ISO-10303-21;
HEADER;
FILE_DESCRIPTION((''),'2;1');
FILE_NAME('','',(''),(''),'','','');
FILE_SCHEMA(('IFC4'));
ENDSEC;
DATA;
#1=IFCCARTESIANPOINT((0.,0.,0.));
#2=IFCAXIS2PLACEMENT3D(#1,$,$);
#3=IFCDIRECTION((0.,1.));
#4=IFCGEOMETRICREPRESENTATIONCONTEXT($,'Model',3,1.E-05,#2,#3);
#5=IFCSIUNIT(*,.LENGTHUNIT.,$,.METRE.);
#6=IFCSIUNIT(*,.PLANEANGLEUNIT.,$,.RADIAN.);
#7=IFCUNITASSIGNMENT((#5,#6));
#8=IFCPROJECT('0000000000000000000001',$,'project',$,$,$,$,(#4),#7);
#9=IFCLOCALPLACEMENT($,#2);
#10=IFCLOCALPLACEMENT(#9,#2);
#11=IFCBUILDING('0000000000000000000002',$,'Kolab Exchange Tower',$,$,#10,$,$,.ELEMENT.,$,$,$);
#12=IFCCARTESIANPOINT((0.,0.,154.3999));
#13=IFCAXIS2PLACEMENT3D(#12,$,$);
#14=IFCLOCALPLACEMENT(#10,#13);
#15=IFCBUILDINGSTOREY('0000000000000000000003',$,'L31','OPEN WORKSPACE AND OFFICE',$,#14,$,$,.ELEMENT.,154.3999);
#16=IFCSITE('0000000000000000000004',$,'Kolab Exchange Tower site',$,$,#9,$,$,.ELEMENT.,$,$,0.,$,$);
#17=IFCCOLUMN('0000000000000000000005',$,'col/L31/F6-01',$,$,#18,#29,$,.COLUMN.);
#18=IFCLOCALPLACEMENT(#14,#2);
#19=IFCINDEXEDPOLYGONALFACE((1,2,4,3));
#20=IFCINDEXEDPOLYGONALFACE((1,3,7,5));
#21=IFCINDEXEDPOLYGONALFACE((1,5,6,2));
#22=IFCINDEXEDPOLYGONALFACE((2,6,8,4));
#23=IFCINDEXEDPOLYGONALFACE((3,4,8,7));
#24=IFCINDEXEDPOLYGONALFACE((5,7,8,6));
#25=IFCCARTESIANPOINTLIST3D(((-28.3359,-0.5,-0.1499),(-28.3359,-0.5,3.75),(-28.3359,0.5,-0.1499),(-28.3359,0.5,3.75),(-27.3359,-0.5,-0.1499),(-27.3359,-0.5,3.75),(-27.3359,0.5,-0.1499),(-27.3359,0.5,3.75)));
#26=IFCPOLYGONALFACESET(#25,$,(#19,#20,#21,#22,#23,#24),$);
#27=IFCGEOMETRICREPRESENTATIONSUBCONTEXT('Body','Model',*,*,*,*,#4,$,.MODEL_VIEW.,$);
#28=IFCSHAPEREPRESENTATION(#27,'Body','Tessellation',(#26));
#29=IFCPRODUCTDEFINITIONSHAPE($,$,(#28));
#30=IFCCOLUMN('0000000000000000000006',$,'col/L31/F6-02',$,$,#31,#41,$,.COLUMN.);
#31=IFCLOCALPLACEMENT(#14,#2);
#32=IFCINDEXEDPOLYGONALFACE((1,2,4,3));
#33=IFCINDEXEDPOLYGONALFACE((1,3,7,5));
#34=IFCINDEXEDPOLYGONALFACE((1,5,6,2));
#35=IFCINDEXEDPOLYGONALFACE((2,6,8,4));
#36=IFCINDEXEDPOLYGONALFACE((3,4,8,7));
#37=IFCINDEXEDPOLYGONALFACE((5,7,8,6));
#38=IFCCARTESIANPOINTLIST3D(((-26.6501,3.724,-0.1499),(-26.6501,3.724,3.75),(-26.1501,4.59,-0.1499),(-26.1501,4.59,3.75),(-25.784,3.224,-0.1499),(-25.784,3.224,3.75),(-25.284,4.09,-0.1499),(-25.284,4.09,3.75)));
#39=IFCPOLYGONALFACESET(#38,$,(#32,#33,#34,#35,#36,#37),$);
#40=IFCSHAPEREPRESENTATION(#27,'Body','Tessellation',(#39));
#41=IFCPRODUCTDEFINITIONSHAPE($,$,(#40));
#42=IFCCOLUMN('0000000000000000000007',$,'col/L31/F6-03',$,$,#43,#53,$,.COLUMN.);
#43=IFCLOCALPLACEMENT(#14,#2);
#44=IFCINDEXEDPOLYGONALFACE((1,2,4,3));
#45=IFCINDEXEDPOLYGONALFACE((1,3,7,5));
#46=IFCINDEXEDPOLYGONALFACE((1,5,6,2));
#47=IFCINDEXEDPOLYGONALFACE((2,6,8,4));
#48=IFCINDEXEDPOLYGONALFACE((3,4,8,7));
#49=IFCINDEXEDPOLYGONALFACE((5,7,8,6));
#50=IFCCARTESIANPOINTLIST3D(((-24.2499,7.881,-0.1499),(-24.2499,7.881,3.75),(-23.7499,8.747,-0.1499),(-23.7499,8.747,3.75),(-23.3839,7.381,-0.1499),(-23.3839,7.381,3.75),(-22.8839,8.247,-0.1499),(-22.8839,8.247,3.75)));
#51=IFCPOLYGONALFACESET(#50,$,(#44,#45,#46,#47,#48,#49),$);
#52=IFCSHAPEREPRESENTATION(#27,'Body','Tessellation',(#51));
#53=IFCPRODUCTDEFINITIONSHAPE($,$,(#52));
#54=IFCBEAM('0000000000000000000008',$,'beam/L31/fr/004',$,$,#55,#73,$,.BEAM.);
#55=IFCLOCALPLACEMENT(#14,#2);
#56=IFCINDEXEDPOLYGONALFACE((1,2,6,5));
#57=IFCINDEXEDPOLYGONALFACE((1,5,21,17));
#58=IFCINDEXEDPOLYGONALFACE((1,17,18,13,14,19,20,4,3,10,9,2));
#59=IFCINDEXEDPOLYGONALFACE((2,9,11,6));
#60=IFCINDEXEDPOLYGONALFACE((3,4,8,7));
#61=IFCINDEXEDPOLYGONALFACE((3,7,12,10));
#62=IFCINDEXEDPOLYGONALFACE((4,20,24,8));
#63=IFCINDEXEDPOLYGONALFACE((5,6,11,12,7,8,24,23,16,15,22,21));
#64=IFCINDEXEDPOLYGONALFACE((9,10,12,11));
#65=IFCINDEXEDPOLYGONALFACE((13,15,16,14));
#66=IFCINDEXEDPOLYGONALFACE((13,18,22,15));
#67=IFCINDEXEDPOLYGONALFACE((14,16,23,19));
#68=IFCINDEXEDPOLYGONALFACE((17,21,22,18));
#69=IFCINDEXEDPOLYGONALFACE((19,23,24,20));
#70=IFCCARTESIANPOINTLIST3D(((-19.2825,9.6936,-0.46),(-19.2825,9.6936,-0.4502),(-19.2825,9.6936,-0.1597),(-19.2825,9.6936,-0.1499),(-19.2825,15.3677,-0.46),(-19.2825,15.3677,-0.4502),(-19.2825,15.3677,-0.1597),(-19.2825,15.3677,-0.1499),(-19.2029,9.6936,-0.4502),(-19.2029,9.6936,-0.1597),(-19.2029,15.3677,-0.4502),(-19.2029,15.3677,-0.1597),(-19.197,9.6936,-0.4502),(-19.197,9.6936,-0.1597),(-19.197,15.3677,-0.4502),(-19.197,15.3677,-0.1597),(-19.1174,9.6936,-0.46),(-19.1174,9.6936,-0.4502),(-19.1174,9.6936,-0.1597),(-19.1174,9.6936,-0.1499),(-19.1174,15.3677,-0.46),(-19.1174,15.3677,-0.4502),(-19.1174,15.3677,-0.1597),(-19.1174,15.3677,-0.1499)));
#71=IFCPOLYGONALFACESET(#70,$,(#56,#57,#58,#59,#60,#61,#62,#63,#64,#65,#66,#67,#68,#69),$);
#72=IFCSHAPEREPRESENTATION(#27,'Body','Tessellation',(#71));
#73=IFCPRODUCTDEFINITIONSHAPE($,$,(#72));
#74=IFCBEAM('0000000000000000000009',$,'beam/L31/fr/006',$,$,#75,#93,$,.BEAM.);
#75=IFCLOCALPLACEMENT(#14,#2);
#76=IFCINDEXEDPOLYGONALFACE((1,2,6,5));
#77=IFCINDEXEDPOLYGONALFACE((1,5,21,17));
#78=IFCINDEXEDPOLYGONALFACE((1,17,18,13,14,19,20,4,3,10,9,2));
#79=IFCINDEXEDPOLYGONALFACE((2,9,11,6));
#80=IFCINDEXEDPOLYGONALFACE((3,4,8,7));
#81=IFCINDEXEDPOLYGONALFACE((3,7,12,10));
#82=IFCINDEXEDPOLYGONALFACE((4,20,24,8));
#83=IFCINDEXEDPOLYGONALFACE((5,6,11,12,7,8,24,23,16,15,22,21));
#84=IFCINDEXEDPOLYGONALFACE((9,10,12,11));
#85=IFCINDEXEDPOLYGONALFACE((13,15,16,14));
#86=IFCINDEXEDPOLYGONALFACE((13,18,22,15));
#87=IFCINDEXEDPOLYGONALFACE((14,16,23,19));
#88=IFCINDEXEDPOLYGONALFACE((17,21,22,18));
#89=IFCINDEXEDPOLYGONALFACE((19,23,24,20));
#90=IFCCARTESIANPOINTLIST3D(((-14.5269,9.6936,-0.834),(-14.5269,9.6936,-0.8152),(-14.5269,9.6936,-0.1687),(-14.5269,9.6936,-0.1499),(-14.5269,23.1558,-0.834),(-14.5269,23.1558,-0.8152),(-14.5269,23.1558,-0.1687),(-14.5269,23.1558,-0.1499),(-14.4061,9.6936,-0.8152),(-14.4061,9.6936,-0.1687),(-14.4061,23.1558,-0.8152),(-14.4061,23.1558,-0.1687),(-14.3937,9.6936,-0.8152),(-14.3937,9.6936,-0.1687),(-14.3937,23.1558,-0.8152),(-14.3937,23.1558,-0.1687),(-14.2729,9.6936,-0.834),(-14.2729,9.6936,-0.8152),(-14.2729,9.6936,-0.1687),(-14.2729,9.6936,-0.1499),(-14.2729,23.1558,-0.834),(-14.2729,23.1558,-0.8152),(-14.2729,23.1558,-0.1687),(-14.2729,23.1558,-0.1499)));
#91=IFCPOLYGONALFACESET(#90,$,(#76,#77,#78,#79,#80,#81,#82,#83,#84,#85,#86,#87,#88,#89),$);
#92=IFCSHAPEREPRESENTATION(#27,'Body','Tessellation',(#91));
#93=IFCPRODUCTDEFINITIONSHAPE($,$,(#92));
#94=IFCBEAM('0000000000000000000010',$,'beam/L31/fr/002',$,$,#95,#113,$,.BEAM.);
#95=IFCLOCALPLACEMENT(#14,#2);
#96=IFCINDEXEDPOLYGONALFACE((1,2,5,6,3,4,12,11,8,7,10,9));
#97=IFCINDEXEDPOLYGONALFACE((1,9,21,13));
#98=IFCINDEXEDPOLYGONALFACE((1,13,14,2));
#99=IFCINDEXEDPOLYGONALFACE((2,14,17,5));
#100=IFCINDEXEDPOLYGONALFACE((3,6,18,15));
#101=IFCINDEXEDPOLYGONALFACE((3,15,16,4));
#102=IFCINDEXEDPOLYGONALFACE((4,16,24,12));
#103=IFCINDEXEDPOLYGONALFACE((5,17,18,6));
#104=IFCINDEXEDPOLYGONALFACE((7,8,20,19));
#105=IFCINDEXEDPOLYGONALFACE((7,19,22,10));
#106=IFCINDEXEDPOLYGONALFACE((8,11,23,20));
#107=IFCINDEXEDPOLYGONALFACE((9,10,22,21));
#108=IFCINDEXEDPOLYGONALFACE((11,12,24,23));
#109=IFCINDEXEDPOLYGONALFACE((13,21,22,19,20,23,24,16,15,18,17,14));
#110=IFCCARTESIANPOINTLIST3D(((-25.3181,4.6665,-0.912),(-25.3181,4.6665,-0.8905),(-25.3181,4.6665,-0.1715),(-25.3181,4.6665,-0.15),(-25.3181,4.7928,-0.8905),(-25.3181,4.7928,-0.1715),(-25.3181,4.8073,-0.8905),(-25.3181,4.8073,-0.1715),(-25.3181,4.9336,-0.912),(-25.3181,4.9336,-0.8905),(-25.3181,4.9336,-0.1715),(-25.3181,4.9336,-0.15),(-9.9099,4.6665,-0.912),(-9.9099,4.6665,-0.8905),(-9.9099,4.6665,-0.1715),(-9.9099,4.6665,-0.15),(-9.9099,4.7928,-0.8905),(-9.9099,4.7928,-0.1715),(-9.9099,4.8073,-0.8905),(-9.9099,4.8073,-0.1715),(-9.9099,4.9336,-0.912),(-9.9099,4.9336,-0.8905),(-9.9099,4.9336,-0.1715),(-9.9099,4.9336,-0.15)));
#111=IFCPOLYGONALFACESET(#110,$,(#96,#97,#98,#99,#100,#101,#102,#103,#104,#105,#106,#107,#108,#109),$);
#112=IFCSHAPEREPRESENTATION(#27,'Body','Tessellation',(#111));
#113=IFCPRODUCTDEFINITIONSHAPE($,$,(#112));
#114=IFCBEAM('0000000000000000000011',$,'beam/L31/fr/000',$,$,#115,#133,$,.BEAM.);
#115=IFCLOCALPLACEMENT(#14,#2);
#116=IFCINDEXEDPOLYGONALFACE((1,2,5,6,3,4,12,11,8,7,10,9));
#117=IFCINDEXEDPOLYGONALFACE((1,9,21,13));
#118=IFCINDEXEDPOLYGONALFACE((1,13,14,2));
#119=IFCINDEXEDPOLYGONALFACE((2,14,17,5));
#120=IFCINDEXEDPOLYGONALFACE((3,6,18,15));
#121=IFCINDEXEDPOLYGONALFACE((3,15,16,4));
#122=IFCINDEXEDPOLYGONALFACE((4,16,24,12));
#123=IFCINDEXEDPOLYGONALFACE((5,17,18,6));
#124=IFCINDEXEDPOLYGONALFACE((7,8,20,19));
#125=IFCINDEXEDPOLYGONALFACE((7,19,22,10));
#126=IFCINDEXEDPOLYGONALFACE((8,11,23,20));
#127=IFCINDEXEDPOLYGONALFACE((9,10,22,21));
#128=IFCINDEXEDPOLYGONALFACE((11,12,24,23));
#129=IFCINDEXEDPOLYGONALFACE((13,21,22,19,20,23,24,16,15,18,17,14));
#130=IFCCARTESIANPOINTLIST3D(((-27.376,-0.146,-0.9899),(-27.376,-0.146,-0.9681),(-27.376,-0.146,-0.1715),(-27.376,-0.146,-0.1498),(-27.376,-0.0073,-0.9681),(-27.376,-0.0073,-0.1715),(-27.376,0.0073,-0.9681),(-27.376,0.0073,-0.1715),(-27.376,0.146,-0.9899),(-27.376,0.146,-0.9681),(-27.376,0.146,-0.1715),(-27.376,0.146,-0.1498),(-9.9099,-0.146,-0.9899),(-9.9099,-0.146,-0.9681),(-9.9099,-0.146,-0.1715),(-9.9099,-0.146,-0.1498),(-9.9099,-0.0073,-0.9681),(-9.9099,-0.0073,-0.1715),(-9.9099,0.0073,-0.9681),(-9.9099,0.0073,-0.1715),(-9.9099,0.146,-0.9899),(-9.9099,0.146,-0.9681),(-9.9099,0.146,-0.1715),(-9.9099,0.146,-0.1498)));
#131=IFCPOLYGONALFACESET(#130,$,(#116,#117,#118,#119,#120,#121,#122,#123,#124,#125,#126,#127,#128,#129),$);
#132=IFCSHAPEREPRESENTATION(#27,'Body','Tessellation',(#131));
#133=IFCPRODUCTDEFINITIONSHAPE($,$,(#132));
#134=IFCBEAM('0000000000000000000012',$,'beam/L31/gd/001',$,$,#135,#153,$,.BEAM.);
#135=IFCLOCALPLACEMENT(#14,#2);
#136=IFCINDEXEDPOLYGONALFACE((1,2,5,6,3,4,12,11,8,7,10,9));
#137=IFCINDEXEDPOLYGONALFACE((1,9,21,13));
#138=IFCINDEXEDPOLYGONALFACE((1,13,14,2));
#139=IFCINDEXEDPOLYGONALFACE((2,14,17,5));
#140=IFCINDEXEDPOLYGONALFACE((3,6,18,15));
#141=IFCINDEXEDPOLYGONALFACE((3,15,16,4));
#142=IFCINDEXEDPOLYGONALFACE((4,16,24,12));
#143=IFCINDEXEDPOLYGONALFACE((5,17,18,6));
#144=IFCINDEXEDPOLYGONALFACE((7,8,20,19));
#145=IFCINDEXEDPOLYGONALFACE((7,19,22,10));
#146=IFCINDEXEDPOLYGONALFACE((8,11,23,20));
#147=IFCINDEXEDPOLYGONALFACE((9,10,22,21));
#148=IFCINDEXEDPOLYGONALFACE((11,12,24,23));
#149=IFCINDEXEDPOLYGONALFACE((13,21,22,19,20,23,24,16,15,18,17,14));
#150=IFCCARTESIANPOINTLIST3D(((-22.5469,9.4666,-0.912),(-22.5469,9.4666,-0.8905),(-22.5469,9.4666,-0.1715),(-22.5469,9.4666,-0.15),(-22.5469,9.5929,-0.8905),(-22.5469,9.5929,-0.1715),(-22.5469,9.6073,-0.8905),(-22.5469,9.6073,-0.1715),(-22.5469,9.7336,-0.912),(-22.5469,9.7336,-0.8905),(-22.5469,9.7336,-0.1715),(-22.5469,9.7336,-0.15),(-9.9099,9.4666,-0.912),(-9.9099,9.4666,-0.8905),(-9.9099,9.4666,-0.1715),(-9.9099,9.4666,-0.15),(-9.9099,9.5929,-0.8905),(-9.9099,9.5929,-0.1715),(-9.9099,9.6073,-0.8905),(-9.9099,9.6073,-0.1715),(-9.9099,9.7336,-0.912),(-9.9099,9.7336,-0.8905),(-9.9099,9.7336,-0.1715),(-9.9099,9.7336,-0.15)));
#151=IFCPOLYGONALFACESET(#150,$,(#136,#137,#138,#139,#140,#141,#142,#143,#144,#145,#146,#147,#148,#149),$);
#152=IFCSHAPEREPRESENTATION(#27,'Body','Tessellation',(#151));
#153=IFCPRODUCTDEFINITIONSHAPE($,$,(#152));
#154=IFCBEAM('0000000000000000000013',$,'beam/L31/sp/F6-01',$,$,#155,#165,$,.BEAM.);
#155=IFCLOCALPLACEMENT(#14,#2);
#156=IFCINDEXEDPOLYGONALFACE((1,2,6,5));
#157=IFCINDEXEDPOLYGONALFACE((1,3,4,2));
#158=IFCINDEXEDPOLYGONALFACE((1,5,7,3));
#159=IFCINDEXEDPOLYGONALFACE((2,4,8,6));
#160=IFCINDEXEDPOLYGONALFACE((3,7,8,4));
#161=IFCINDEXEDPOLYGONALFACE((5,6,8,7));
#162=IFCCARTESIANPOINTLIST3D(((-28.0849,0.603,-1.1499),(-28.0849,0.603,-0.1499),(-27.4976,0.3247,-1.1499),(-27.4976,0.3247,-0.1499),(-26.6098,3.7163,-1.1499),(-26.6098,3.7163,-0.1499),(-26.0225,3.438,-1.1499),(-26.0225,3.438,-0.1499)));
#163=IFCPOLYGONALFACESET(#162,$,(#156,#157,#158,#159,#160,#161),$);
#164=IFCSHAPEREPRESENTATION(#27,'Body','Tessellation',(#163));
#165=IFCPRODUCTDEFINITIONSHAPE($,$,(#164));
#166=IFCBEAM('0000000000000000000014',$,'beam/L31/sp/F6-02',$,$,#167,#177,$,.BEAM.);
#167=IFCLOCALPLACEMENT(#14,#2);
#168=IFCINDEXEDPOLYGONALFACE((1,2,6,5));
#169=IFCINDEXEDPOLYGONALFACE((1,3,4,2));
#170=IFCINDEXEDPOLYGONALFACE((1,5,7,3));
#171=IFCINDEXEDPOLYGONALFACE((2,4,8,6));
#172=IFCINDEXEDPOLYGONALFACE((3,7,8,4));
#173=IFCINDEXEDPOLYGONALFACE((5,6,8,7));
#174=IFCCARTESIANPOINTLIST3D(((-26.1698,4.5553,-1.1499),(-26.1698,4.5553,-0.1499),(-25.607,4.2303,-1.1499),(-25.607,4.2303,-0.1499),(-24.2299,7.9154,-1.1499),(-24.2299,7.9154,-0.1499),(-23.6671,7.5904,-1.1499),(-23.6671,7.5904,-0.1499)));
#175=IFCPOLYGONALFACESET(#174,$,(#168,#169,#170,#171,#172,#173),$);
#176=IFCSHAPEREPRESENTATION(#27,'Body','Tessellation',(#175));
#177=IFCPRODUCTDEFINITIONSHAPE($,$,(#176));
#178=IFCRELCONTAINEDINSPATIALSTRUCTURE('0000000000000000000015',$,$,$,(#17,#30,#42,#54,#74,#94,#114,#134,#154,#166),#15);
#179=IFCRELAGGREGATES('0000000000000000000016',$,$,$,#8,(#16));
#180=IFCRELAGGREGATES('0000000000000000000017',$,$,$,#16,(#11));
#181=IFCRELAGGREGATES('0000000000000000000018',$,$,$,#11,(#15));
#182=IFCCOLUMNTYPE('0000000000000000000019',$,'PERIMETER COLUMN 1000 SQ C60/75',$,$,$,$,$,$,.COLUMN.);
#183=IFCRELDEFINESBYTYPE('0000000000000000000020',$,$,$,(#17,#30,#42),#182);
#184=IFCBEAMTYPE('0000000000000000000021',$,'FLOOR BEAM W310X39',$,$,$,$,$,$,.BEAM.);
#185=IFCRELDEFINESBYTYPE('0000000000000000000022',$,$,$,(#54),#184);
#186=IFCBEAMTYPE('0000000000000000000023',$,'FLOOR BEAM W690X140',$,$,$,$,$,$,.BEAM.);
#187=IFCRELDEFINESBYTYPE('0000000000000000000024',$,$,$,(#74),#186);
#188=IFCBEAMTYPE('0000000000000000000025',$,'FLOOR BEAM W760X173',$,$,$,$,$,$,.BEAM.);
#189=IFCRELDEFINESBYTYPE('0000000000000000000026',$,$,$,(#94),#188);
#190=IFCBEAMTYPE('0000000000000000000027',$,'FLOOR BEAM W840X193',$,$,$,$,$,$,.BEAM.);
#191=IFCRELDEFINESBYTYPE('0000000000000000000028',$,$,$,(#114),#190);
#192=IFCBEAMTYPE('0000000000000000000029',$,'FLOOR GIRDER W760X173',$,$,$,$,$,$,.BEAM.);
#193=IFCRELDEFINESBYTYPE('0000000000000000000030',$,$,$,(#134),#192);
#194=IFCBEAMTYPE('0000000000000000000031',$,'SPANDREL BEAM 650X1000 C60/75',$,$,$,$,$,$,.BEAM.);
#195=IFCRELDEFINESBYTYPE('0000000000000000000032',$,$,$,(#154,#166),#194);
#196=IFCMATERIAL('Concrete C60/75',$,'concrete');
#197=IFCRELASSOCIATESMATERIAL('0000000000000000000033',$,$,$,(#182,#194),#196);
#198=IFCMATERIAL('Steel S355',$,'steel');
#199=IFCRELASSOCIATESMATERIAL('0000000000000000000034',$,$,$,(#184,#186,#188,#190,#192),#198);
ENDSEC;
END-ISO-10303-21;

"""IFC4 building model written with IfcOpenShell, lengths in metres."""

from ifc_helpers import new_model, si_unit, direction, frame, origin, origin_2d, place, context, subcontext, project, spatial, rectangle, i_section, extrude, material, material_profile, profile_set, type_object, element, save


model = new_model("IFC4")

# Units and contexts
model_context = context("Model", 3, precision=1e-05, world=origin(), true_north=direction((0.0, 1.0)))
body_context = subcontext(model_context, "Body", "Model", "MODEL_VIEW")
ifc_project = project(units=[si_unit("LENGTHUNIT", "METRE"), si_unit("PLANEANGLEUNIT", "RADIAN")], contexts=[model_context])

# Site, building, storey
site_placement = place(None, origin())
site = spatial("IfcSite", under=ifc_project, at=site_placement, Name="Kolab Exchange Tower site", CompositionType="ELEMENT", RefElevation=0.0)
building_placement = place(site_placement, origin())
building = spatial("IfcBuilding", under=site, at=building_placement, Name="Kolab Exchange Tower", CompositionType="ELEMENT")
storey_placement = place(building_placement, frame((0.0, 0.0, 154.3999)))
storey = spatial("IfcBuildingStorey", under=building, at=storey_placement, Name="L31", Description="OPEN WORKSPACE AND OFFICE", CompositionType="ELEMENT", Elevation=154.3999)

# Columns
ifc_material_1 = material(Name="Concrete C60/75", Category="concrete")
ifc_material_profile_1 = material_profile(ifc_material_1, rectangle(XDim=1.0, YDim=1.0, at=origin_2d()), Name="RC1000")
ifc_profile_set_1 = profile_set([ifc_material_profile_1], Name="Concrete C60/75")
column_type = type_object("IfcColumnType", Name="PERIMETER COLUMN 1000 SQ C60/75", PredefinedType="COLUMN", material=ifc_profile_set_1)
for number, where, z_axis, x_axis, name in (
    (1, (-27.8359, 0.0, -0.1499), (0.0, 0.0, 1.0), (1.0, 0.0, 0.0), "col/L31/F6-01"),
    (2, (-25.967, 3.907, -0.1499), (0.0, 0.0, 1.0), (0.5, 0.866025, 0.0), "col/L31/F6-02"),
    (3, (-23.5669, 8.064, -0.1499), (0.0, 0.0, 1.0), (0.5, 0.866025, 0.0), "col/L31/F6-03"),
):
    element("IfcColumn", number, at=place(storey_placement, frame(where, z_axis=z_axis, x_axis=x_axis)), inside=storey, type_object=column_type, Name=name, PredefinedType="COLUMN", context=body_context, shape_type="SweptSolid", body=[
        extrude(rectangle(XDim=1.0, YDim=1.0, at=origin_2d()), origin(), (0.0, 0.0, 1.0), 3.8999),
    ])

# Beams
ifc_material_2 = material(Name="Steel S355", Category="steel")
ifc_material_profile_2 = material_profile(ifc_material_2, i_section(OverallWidth=0.165, OverallDepth=0.3101, WebThickness=0.0059, FlangeThickness=0.0098, at=origin_2d()), Name="W310X39")
ifc_profile_set_2 = profile_set([ifc_material_profile_2], Name="Steel S355")
beam_type_1 = type_object("IfcBeamType", Name="FLOOR BEAM W310X39", PredefinedType="BEAM", material=ifc_profile_set_2)
beam_1_placement = place(storey_placement, frame((-19.2, 9.6936, -0.3049), z_axis=(0.0, 1.0, 0.0), x_axis=(-1.0, 0.0, 0.0)))
element("IfcBeam", 4, at=beam_1_placement, inside=storey, type_object=beam_type_1, Name="beam/L31/fr/004", PredefinedType="BEAM", context=body_context, shape_type="SweptSolid", body=[
    extrude(i_section(OverallWidth=0.165, OverallDepth=0.3101, WebThickness=0.0059, FlangeThickness=0.0098, at=origin_2d()), origin(), (0.0, 0.0, 1.0), 5.6741),
])
ifc_material_profile_3 = material_profile(ifc_material_2, i_section(OverallWidth=0.2539, OverallDepth=0.6841, WebThickness=0.0125, FlangeThickness=0.0188, at=origin_2d()), Name="W690X140")
ifc_profile_set_3 = profile_set([ifc_material_profile_3], Name="Steel S355")
beam_type_2 = type_object("IfcBeamType", Name="FLOOR BEAM W690X140", PredefinedType="BEAM", material=ifc_profile_set_3)
beam_2_placement = place(storey_placement, frame((-14.3999, 9.6936, -0.4919), z_axis=(0.0, 1.0, 0.0), x_axis=(-1.0, 0.0, 0.0)))
element("IfcBeam", 5, at=beam_2_placement, inside=storey, type_object=beam_type_2, Name="beam/L31/fr/006", PredefinedType="BEAM", context=body_context, shape_type="SweptSolid", body=[
    extrude(i_section(OverallWidth=0.2539, OverallDepth=0.6841, WebThickness=0.0125, FlangeThickness=0.0188, at=origin_2d()), origin(), (0.0, 0.0, 1.0), 13.4622),
])
ifc_material_profile_4 = material_profile(ifc_material_2, i_section(OverallWidth=0.2671, OverallDepth=0.762, WebThickness=0.0144, FlangeThickness=0.0215, at=origin_2d()), Name="W760X173")
ifc_profile_set_4 = profile_set([ifc_material_profile_4], Name="Steel S355")
beam_type_3 = type_object("IfcBeamType", Name="FLOOR BEAM W760X173", PredefinedType="BEAM", material=ifc_profile_set_4)
beam_3_placement = place(storey_placement, frame((-25.3181, 4.8, -0.531), z_axis=(1.0, 0.0, 0.0), x_axis=(0.0, 1.0, 0.0)))
element("IfcBeam", 6, at=beam_3_placement, inside=storey, type_object=beam_type_3, Name="beam/L31/fr/002", PredefinedType="BEAM", context=body_context, shape_type="SweptSolid", body=[
    extrude(i_section(OverallWidth=0.2671, OverallDepth=0.762, WebThickness=0.0144, FlangeThickness=0.0215, at=origin_2d()), origin(), (0.0, 0.0, 1.0), 15.4082),
])
ifc_material_profile_5 = material_profile(ifc_material_2, i_section(OverallWidth=0.292, OverallDepth=0.8401, WebThickness=0.0146, FlangeThickness=0.0217, at=origin_2d()), Name="W840X193")
ifc_profile_set_5 = profile_set([ifc_material_profile_5], Name="Steel S355")
beam_type_4 = type_object("IfcBeamType", Name="FLOOR BEAM W840X193", PredefinedType="BEAM", material=ifc_profile_set_5)
beam_4_placement = place(storey_placement, frame((-27.376, 0.0, -0.5698), z_axis=(1.0, 0.0, 0.0), x_axis=(0.0, 1.0, 0.0)))
element("IfcBeam", 7, at=beam_4_placement, inside=storey, type_object=beam_type_4, Name="beam/L31/fr/000", PredefinedType="BEAM", context=body_context, shape_type="SweptSolid", body=[
    extrude(i_section(OverallWidth=0.292, OverallDepth=0.8401, WebThickness=0.0146, FlangeThickness=0.0217, at=origin_2d()), origin(), (0.0, 0.0, 1.0), 17.4661),
])
ifc_material_profile_6 = material_profile(ifc_material_2, i_section(OverallWidth=0.2671, OverallDepth=0.762, WebThickness=0.0144, FlangeThickness=0.0215, at=origin_2d()), Name="W760X173")
ifc_profile_set_6 = profile_set([ifc_material_profile_6], Name="Steel S355")
beam_type_5 = type_object("IfcBeamType", Name="FLOOR GIRDER W760X173", PredefinedType="BEAM", material=ifc_profile_set_6)
beam_5_placement = place(storey_placement, frame((-22.5469, 9.6001, -0.531), z_axis=(1.0, 0.0, 0.0), x_axis=(0.0, 1.0, 0.0)))
element("IfcBeam", 8, at=beam_5_placement, inside=storey, type_object=beam_type_5, Name="beam/L31/gd/001", PredefinedType="BEAM", context=body_context, shape_type="SweptSolid", body=[
    extrude(i_section(OverallWidth=0.2671, OverallDepth=0.762, WebThickness=0.0144, FlangeThickness=0.0215, at=origin_2d()), origin(), (0.0, 0.0, 1.0), 12.637),
])
ifc_material_profile_7 = material_profile(ifc_material_1, rectangle(XDim=0.6499, YDim=1.0, at=origin_2d()), Name="RC650X1000")
ifc_profile_set_7 = profile_set([ifc_material_profile_7], Name="Concrete C60/75")
beam_type_6 = type_object("IfcBeamType", Name="SPANDREL BEAM 650X1000 C60/75", PredefinedType="BEAM", material=ifc_profile_set_7)
beam_6_placement = place(storey_placement, frame((-27.7913, 0.4639, -0.6499), z_axis=(0.428178, 0.903695, 0.0), x_axis=(-0.903695, 0.428178, 0.0)))
element("IfcBeam", 9, at=beam_6_placement, inside=storey, type_object=beam_type_6, Name="beam/L31/sp/F6-01", PredefinedType="BEAM", context=body_context, shape_type="SweptSolid", body=[
    extrude(rectangle(XDim=0.6499, YDim=1.0, at=origin_2d()), origin(), (0.0, 0.0, 1.0), 3.4451),
])
for number, where, z_axis, x_axis, name in (
    (10, (-25.8884, 4.3928, -0.6499), (0.499997, 0.866027, 0.0), (-0.866027, 0.499997, 0.0), "beam/L31/sp/F6-02"),
):
    element("IfcBeam", number, at=place(storey_placement, frame(where, z_axis=z_axis, x_axis=x_axis)), inside=storey, type_object=beam_type_6, Name=name, PredefinedType="BEAM", context=body_context, shape_type="SweptSolid", body=[
        extrude(rectangle(XDim=0.6499, YDim=1.0, at=origin_2d()), origin(), (0.0, 0.0, 1.0), 3.8799),
    ])

save(model, "model.ifc")
